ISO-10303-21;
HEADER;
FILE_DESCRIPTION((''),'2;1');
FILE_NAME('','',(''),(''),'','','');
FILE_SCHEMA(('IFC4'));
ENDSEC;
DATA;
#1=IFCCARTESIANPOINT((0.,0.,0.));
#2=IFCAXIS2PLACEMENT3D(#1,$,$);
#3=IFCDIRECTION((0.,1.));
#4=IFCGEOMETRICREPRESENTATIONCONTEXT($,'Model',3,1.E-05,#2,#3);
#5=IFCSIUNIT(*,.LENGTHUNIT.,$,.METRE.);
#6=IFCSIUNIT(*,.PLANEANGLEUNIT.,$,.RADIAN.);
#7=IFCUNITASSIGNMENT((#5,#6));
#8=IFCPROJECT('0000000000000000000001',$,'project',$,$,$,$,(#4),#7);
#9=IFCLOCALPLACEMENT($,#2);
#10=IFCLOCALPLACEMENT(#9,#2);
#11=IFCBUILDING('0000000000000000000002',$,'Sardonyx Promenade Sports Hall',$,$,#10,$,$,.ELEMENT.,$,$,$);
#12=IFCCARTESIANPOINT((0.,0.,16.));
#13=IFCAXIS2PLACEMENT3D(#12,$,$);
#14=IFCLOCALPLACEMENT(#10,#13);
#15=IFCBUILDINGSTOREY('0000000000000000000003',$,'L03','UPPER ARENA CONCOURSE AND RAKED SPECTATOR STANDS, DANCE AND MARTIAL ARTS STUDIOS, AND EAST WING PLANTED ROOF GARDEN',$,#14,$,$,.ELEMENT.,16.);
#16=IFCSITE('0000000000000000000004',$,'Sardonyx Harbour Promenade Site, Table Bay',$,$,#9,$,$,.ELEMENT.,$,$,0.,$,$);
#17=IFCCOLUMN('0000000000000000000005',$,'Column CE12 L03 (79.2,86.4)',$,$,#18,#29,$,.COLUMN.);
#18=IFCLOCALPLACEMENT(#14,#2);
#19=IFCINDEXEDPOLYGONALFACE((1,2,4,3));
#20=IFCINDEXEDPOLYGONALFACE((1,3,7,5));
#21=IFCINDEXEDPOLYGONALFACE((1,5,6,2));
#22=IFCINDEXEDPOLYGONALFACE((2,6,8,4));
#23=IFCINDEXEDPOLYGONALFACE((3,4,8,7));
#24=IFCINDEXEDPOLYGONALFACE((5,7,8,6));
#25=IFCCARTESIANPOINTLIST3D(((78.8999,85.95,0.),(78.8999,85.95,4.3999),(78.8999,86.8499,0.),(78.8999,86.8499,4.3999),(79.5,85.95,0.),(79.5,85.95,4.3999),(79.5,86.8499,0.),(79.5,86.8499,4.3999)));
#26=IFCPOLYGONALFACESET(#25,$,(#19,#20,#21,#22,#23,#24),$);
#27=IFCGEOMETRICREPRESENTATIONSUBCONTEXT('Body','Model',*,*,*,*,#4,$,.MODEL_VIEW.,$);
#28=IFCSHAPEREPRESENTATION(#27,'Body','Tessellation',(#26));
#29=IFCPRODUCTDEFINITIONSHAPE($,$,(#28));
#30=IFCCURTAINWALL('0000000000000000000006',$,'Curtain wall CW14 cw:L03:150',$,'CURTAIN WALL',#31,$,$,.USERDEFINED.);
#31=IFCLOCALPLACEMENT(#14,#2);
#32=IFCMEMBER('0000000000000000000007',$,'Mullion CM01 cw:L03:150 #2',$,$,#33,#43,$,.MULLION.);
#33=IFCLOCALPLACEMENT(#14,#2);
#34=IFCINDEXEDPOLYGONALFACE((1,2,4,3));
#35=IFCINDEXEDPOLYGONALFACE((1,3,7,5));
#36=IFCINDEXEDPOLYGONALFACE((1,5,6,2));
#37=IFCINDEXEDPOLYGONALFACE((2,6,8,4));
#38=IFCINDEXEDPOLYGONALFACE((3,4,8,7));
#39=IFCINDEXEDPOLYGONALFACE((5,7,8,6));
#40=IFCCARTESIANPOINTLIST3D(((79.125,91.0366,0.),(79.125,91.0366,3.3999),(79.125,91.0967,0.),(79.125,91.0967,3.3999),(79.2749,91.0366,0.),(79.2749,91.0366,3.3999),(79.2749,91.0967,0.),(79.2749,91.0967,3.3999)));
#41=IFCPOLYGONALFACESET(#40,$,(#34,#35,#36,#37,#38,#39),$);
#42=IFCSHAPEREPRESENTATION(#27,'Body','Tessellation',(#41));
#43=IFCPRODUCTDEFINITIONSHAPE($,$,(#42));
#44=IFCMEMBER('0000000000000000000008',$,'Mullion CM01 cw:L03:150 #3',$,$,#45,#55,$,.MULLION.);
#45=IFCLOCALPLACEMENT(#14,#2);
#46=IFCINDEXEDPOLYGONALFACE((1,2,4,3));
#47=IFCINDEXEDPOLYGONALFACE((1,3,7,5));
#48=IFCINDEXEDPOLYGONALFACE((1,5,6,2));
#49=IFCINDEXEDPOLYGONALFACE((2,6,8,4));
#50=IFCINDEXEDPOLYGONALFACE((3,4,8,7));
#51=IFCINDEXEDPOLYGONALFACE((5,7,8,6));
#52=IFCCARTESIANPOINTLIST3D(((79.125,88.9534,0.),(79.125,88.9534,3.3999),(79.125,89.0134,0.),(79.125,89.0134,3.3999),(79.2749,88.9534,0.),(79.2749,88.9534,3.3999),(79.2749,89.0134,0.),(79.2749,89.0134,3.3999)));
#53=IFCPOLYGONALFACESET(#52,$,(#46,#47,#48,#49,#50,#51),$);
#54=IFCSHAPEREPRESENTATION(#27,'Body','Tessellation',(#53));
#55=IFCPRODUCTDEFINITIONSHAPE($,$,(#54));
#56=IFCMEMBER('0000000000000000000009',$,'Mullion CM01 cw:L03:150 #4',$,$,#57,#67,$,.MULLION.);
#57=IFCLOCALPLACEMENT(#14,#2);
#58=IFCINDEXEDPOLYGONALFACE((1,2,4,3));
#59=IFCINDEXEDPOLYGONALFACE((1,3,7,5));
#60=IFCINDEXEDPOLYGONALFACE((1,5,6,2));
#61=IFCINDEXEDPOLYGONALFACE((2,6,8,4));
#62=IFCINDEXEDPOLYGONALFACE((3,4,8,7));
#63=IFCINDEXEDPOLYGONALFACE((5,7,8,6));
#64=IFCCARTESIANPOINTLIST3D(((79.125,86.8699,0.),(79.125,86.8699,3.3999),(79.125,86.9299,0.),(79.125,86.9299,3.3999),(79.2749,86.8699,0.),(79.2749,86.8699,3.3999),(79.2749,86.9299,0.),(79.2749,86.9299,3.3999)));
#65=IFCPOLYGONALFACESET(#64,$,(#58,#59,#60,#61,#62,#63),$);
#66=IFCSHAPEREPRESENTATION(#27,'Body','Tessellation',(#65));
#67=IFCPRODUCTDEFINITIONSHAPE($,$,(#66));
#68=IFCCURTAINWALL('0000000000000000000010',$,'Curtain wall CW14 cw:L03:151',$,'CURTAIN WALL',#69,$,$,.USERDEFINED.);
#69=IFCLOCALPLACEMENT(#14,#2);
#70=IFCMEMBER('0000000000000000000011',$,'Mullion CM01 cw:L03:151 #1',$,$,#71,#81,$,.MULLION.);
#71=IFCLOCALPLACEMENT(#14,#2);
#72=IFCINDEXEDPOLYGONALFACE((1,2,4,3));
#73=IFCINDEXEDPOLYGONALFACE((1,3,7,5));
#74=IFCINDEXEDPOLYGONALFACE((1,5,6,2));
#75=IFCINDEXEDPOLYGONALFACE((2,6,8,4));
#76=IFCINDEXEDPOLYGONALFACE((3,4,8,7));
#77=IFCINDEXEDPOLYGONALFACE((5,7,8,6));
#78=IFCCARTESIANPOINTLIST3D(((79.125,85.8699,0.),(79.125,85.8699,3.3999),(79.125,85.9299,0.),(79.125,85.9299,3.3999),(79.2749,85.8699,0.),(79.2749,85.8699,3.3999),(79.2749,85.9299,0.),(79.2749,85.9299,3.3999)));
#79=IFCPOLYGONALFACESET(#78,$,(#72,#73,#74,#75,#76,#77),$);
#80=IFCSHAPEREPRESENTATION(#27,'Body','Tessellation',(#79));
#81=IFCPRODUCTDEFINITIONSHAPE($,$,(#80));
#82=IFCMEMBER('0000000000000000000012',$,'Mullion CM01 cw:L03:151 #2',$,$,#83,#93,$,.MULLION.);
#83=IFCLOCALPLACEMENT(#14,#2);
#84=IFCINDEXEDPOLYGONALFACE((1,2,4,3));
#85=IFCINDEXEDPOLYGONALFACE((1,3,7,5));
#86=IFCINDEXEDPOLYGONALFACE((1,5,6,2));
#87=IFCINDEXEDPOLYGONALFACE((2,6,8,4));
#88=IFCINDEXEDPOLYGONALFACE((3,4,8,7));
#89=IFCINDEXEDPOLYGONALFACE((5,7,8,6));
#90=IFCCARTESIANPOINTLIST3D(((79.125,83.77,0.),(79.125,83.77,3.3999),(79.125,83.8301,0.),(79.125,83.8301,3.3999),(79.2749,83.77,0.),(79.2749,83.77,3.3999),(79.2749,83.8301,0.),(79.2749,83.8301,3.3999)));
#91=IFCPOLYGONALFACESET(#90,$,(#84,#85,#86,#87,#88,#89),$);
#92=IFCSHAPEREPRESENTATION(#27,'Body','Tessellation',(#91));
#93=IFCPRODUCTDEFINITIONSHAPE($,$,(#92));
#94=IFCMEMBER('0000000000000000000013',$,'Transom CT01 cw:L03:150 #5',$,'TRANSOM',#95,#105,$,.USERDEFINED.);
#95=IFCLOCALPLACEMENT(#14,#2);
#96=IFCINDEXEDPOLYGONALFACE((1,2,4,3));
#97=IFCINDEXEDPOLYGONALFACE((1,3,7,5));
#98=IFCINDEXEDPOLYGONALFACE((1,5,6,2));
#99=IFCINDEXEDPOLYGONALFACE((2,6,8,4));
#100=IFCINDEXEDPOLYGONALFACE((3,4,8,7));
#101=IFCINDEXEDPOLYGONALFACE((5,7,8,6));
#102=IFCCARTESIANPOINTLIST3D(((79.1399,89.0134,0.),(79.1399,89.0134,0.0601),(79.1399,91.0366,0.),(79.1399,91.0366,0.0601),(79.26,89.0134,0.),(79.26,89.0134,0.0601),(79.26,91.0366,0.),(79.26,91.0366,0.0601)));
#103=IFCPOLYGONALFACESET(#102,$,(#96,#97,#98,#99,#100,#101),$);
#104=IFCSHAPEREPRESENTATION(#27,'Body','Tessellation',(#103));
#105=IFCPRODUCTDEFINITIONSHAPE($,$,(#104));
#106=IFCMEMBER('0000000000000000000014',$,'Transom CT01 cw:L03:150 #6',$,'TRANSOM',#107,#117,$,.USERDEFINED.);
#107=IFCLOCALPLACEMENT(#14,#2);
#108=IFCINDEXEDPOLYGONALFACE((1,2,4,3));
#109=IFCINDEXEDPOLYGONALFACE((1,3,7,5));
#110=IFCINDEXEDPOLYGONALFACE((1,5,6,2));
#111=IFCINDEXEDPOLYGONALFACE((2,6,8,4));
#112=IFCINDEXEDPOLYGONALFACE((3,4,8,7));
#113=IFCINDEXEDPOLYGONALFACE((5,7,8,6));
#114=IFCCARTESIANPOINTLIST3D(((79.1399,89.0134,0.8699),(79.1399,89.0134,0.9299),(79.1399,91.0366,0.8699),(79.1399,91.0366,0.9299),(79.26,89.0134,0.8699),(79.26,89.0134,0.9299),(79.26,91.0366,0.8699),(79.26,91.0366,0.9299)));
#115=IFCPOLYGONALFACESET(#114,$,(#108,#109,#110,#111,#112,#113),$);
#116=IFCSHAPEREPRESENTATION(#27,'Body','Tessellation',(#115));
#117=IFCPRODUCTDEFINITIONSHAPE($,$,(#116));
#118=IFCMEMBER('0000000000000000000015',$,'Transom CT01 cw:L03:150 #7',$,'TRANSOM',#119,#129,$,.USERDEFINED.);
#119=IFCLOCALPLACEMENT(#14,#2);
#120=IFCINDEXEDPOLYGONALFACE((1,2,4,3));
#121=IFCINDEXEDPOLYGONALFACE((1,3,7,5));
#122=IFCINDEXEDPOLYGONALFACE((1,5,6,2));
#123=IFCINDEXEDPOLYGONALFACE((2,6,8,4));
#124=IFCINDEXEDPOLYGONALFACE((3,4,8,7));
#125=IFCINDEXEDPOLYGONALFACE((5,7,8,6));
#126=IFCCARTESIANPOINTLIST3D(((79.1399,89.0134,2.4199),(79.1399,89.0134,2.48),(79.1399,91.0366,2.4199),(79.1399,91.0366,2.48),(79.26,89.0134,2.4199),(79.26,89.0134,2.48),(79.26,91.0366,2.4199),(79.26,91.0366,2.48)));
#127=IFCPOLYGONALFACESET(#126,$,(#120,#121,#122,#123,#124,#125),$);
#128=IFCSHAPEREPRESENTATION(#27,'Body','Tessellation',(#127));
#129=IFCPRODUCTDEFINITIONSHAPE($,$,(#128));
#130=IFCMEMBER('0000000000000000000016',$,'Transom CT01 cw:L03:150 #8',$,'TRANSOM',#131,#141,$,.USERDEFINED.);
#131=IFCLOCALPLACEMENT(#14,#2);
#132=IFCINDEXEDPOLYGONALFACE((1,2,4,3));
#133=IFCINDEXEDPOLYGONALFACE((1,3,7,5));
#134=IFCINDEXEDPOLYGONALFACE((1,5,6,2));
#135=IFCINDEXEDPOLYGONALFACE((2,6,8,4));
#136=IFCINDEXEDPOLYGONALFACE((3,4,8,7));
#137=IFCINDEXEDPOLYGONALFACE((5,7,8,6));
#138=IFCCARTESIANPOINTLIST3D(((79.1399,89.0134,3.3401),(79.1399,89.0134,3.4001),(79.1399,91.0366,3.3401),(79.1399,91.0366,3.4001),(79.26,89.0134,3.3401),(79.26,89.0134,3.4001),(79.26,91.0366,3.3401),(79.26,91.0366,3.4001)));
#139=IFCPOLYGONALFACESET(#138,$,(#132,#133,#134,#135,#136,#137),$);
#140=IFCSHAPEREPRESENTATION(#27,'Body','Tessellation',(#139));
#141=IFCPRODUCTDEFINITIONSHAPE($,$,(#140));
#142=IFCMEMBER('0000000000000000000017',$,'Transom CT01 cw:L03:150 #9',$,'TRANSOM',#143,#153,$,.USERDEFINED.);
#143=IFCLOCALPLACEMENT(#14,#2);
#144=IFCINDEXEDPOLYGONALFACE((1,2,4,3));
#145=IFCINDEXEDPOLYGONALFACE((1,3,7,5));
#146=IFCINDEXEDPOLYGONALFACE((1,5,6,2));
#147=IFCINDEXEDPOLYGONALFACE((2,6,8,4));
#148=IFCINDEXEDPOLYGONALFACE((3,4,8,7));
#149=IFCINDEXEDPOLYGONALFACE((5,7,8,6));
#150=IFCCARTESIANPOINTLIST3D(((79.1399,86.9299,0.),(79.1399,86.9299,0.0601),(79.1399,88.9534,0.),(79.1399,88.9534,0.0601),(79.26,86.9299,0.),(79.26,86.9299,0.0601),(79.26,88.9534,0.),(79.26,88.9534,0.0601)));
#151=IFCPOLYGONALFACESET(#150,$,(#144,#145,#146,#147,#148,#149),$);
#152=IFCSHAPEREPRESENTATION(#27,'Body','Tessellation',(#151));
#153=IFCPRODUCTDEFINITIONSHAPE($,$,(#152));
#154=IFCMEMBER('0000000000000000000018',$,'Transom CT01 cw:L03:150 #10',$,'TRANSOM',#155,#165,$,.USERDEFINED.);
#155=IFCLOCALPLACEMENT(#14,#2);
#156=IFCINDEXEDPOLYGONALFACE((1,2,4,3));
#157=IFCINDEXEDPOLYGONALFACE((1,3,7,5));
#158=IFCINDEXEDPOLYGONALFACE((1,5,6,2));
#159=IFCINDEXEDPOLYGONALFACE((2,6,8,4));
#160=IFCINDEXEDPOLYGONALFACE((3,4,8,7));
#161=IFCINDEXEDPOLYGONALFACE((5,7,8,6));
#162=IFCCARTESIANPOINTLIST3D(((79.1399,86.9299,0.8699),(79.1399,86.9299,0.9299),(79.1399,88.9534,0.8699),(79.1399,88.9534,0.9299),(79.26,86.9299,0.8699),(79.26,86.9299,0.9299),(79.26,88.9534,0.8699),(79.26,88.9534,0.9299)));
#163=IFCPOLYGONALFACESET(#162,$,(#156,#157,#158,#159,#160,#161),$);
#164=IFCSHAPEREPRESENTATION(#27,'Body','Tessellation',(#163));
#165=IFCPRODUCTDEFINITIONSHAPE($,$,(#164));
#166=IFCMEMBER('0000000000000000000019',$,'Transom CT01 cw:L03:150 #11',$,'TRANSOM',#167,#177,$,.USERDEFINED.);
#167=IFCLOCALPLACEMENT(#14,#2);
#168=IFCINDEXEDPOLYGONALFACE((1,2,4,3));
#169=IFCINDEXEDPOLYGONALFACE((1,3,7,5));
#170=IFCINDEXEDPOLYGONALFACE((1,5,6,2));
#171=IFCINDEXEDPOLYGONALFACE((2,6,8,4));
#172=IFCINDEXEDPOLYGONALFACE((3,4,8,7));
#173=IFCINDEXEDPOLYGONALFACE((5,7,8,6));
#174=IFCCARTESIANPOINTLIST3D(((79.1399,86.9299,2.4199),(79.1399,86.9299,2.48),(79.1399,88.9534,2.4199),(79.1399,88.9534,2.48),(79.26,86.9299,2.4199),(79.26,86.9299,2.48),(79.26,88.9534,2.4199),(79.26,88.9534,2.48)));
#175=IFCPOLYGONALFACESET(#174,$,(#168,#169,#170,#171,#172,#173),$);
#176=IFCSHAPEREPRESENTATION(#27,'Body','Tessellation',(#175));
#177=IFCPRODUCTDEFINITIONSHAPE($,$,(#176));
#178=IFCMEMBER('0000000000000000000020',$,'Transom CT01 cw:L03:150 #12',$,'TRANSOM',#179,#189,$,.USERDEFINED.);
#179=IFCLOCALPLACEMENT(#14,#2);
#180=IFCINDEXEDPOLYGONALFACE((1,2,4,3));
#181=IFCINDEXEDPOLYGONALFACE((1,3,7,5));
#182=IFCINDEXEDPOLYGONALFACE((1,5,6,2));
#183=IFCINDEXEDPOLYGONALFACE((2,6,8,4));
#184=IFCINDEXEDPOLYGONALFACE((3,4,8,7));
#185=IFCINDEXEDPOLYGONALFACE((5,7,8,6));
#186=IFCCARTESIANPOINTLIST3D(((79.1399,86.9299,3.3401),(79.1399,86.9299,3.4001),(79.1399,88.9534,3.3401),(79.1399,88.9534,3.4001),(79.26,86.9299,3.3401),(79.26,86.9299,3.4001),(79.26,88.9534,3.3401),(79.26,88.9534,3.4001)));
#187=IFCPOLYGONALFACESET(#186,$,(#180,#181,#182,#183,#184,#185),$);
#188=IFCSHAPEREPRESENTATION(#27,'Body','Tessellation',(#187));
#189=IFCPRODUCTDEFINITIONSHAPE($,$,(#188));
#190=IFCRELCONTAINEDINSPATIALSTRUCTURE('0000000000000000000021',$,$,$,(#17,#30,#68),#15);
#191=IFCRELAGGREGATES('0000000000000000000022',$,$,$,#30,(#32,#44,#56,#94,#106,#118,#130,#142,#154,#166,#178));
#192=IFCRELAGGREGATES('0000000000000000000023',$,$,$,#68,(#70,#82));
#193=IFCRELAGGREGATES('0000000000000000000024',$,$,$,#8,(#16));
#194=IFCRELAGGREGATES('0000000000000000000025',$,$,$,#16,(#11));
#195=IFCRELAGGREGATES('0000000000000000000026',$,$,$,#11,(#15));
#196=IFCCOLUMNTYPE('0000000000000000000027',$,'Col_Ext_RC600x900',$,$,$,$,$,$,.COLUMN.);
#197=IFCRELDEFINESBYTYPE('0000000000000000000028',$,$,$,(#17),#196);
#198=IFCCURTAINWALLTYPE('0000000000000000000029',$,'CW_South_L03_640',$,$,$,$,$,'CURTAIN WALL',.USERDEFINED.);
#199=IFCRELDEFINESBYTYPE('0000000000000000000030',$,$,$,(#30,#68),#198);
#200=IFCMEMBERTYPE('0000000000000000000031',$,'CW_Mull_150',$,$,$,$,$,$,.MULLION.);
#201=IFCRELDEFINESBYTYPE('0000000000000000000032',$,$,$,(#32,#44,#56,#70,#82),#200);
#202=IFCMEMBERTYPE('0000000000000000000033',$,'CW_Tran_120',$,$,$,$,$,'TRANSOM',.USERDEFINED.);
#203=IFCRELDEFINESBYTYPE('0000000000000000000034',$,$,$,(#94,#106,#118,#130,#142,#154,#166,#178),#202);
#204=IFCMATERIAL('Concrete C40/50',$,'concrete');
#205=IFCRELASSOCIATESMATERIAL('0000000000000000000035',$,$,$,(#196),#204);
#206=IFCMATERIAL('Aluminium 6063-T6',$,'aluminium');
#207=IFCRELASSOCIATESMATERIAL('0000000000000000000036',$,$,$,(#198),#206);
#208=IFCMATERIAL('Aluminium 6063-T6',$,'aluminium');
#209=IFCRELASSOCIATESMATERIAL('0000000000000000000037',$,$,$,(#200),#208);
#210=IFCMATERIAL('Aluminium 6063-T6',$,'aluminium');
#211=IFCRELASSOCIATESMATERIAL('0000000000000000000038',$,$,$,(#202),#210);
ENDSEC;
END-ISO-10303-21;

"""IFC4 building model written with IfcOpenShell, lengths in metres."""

from ifc_helpers import new_model, si_unit, direction, frame, origin, origin_2d, place, context, subcontext, project, spatial, rectangle, extrude, material, material_profile, profile_set, type_object, element, aggregate, save


model = new_model("IFC4")

# Units and contexts
model_context = context("Model", 3, precision=1e-05, world=origin(), true_north=direction((0.0, 1.0)))
body_context = subcontext(model_context, "Body", "Model", "MODEL_VIEW")
ifc_project = project(units=[si_unit("LENGTHUNIT", "METRE"), si_unit("PLANEANGLEUNIT", "RADIAN")], contexts=[model_context])

# Site, building, storey
site_placement = place(None, origin())
site = spatial("IfcSite", under=ifc_project, at=site_placement, Name="Sardonyx Harbour Promenade Site, Table Bay", CompositionType="ELEMENT", RefElevation=0.0)
building_placement = place(site_placement, origin())
building = spatial("IfcBuilding", under=site, at=building_placement, Name="Sardonyx Promenade Sports Hall", CompositionType="ELEMENT")
storey_placement = place(building_placement, frame((0.0, 0.0, 16.0)))
storey = spatial("IfcBuildingStorey", under=building, at=storey_placement, Name="L03", Description="UPPER ARENA CONCOURSE AND RAKED SPECTATOR STANDS, DANCE AND MARTIAL ARTS STUDIOS, AND EAST WING PLANTED ROOF GARDEN", CompositionType="ELEMENT", Elevation=16.0)

# Column
ifc_material_1 = material(Name="Concrete C40/50", Category="concrete")
ifc_material_profile_1 = material_profile(ifc_material_1, rectangle(XDim=0.6001, YDim=0.8999, at=origin_2d()))
ifc_profile_set_1 = profile_set([ifc_material_profile_1], Name="Concrete C40/50")
column_type = type_object("IfcColumnType", Name="Col_Ext_RC600x900", PredefinedType="COLUMN", material=ifc_profile_set_1)
column_placement = place(storey_placement, frame((79.2, 86.3999, 0.0), z_axis=(0.0, 0.0, 1.0), x_axis=(1.0, 0.0, 0.0)))
element("IfcColumn", 1, at=column_placement, inside=storey, type_object=column_type, Name="Column CE12 L03 (79.2,86.4)", PredefinedType="COLUMN", context=body_context, shape_type="SweptSolid", body=[
    extrude(rectangle(XDim=0.6001, YDim=0.8999, at=origin_2d()), origin(), (0.0, 0.0, 1.0), 4.3999),
])

# Curtain walls, members
ifc_material_2 = material(Name="Aluminium 6063-T6", Category="aluminium")
curtain_wall_type = type_object("IfcCurtainWallType", Name="CW_South_L03_640", ElementType="CURTAIN WALL", PredefinedType="USERDEFINED", material=ifc_material_2)
curtain_wall_1_placement = place(storey_placement, origin())
curtain_wall_1 = element("IfcCurtainWall", 2, at=curtain_wall_1_placement, inside=storey, type_object=curtain_wall_type, Name="Curtain wall CW14 cw:L03:150", ObjectType="CURTAIN WALL", PredefinedType="USERDEFINED")
ifc_material_3 = material(Name="Aluminium 6063-T6", Category="aluminium")
ifc_material_profile_2 = material_profile(ifc_material_3, rectangle(XDim=0.0601, YDim=0.1499, at=origin_2d()))
ifc_profile_set_2 = profile_set([ifc_material_profile_2], Name="Aluminium 6063-T6")
member_type_1 = type_object("IfcMemberType", Name="CW_Mull_150", PredefinedType="MULLION", material=ifc_profile_set_2)
member_1_placement = place(storey_placement, frame((79.2, 91.0667, 0.0), z_axis=(0.0, 0.0, 1.0), x_axis=(0.0, -1.0, 0.0)))
member_1 = element("IfcMember", 3, at=member_1_placement, type_object=member_type_1, Name="Mullion CM01 cw:L03:150 #2", PredefinedType="MULLION", context=body_context, shape_type="SweptSolid", body=[
    extrude(rectangle(XDim=0.0601, YDim=0.1499, at=origin_2d()), origin(), (0.0, 0.0, 1.0), 3.3999),
])
member_2_placement = place(storey_placement, frame((79.2, 88.9834, 0.0), z_axis=(0.0, 0.0, 1.0), x_axis=(0.0, -1.0, 0.0)))
member_2 = element("IfcMember", 4, at=member_2_placement, type_object=member_type_1, Name="Mullion CM01 cw:L03:150 #3", PredefinedType="MULLION", context=body_context, shape_type="SweptSolid", body=[
    extrude(rectangle(XDim=0.0601, YDim=0.1499, at=origin_2d()), origin(), (0.0, 0.0, 1.0), 3.3999),
])
member_3_placement = place(storey_placement, frame((79.2, 86.8999, 0.0), z_axis=(0.0, 0.0, 1.0), x_axis=(0.0, -1.0, 0.0)))
member_3 = element("IfcMember", 5, at=member_3_placement, type_object=member_type_1, Name="Mullion CM01 cw:L03:150 #4", PredefinedType="MULLION", context=body_context, shape_type="SweptSolid", body=[
    extrude(rectangle(XDim=0.0601, YDim=0.1499, at=origin_2d()), origin(), (0.0, 0.0, 1.0), 3.3999),
])
curtain_wall_2_placement = place(storey_placement, origin())
curtain_wall_2 = element("IfcCurtainWall", 6, at=curtain_wall_2_placement, inside=storey, type_object=curtain_wall_type, Name="Curtain wall CW14 cw:L03:151", ObjectType="CURTAIN WALL", PredefinedType="USERDEFINED")
member_4_placement = place(storey_placement, frame((79.2, 85.8999, 0.0), z_axis=(0.0, 0.0, 1.0), x_axis=(0.0, -1.0, 0.0)))
member_4 = element("IfcMember", 7, at=member_4_placement, type_object=member_type_1, Name="Mullion CM01 cw:L03:151 #1", PredefinedType="MULLION", context=body_context, shape_type="SweptSolid", body=[
    extrude(rectangle(XDim=0.0601, YDim=0.1499, at=origin_2d()), origin(), (0.0, 0.0, 1.0), 3.3999),
])
member_5_placement = place(storey_placement, frame((79.2, 83.8, 0.0), z_axis=(0.0, 0.0, 1.0), x_axis=(0.0, -1.0, 0.0)))
member_5 = element("IfcMember", 8, at=member_5_placement, type_object=member_type_1, Name="Mullion CM01 cw:L03:151 #2", PredefinedType="MULLION", context=body_context, shape_type="SweptSolid", body=[
    extrude(rectangle(XDim=0.0601, YDim=0.1499, at=origin_2d()), origin(), (0.0, 0.0, 1.0), 3.3999),
])

# Members
ifc_material_4 = material(Name="Aluminium 6063-T6", Category="aluminium")
ifc_material_profile_3 = material_profile(ifc_material_4, rectangle(XDim=0.0601, YDim=0.1201, at=origin_2d()))
ifc_profile_set_3 = profile_set([ifc_material_profile_3], Name="Aluminium 6063-T6")
member_type_2 = type_object("IfcMemberType", Name="CW_Tran_120", ElementType="TRANSOM", PredefinedType="USERDEFINED", material=ifc_profile_set_3)
member_6_placement = place(storey_placement, frame((79.2, 91.0366, 0.03), z_axis=(0.0, -1.0, 0.0), x_axis=(0.0, 0.0, 1.0)))
member_6 = element("IfcMember", 9, at=member_6_placement, type_object=member_type_2, Name="Transom CT01 cw:L03:150 #5", ObjectType="TRANSOM", PredefinedType="USERDEFINED", context=body_context, shape_type="SweptSolid", body=[
    extrude(rectangle(XDim=0.0601, YDim=0.1201, at=origin_2d()), origin(), (0.0, 0.0, 1.0), 2.0232),
])
member_7_placement = place(storey_placement, frame((79.2, 91.0366, 0.8999), z_axis=(0.0, -1.0, 0.0), x_axis=(0.0, 0.0, 1.0)))
member_7 = element("IfcMember", 10, at=member_7_placement, type_object=member_type_2, Name="Transom CT01 cw:L03:150 #6", ObjectType="TRANSOM", PredefinedType="USERDEFINED", context=body_context, shape_type="SweptSolid", body=[
    extrude(rectangle(XDim=0.0601, YDim=0.1201, at=origin_2d()), origin(), (0.0, 0.0, 1.0), 2.0232),
])
member_8_placement = place(storey_placement, frame((79.2, 91.0366, 2.45), z_axis=(0.0, -1.0, 0.0), x_axis=(0.0, 0.0, 1.0)))
member_8 = element("IfcMember", 11, at=member_8_placement, type_object=member_type_2, Name="Transom CT01 cw:L03:150 #7", ObjectType="TRANSOM", PredefinedType="USERDEFINED", context=body_context, shape_type="SweptSolid", body=[
    extrude(rectangle(XDim=0.0601, YDim=0.1201, at=origin_2d()), origin(), (0.0, 0.0, 1.0), 2.0232),
])
member_9_placement = place(storey_placement, frame((79.2, 91.0366, 3.3701), z_axis=(0.0, -1.0, 0.0), x_axis=(0.0, 0.0, 1.0)))
member_9 = element("IfcMember", 12, at=member_9_placement, type_object=member_type_2, Name="Transom CT01 cw:L03:150 #8", ObjectType="TRANSOM", PredefinedType="USERDEFINED", context=body_context, shape_type="SweptSolid", body=[
    extrude(rectangle(XDim=0.0601, YDim=0.1201, at=origin_2d()), origin(), (0.0, 0.0, 1.0), 2.0232),
])
member_10_placement = place(storey_placement, frame((79.2, 88.9534, 0.03), z_axis=(0.0, -1.0, 0.0), x_axis=(0.0, 0.0, 1.0)))
member_10 = element("IfcMember", 13, at=member_10_placement, type_object=member_type_2, Name="Transom CT01 cw:L03:150 #9", ObjectType="TRANSOM", PredefinedType="USERDEFINED", context=body_context, shape_type="SweptSolid", body=[
    extrude(rectangle(XDim=0.0601, YDim=0.1201, at=origin_2d()), origin(), (0.0, 0.0, 1.0), 2.0234),
])
member_11_placement = place(storey_placement, frame((79.2, 88.9534, 0.8999), z_axis=(0.0, -1.0, 0.0), x_axis=(0.0, 0.0, 1.0)))
member_11 = element("IfcMember", 14, at=member_11_placement, type_object=member_type_2, Name="Transom CT01 cw:L03:150 #10", ObjectType="TRANSOM", PredefinedType="USERDEFINED", context=body_context, shape_type="SweptSolid", body=[
    extrude(rectangle(XDim=0.0601, YDim=0.1201, at=origin_2d()), origin(), (0.0, 0.0, 1.0), 2.0234),
])
member_12_placement = place(storey_placement, frame((79.2, 88.9534, 2.45), z_axis=(0.0, -1.0, 0.0), x_axis=(0.0, 0.0, 1.0)))
member_12 = element("IfcMember", 15, at=member_12_placement, type_object=member_type_2, Name="Transom CT01 cw:L03:150 #11", ObjectType="TRANSOM", PredefinedType="USERDEFINED", context=body_context, shape_type="SweptSolid", body=[
    extrude(rectangle(XDim=0.0601, YDim=0.1201, at=origin_2d()), origin(), (0.0, 0.0, 1.0), 2.0234),
])
member_13_placement = place(storey_placement, frame((79.2, 88.9534, 3.3701), z_axis=(0.0, -1.0, 0.0), x_axis=(0.0, 0.0, 1.0)))
member_13 = element("IfcMember", 16, at=member_13_placement, type_object=member_type_2, Name="Transom CT01 cw:L03:150 #12", ObjectType="TRANSOM", PredefinedType="USERDEFINED", context=body_context, shape_type="SweptSolid", body=[
    extrude(rectangle(XDim=0.0601, YDim=0.1201, at=origin_2d()), origin(), (0.0, 0.0, 1.0), 2.0234),
])

aggregate(curtain_wall_1, [member_1, member_2, member_3, member_6, member_7, member_8, member_9, member_10, member_11, member_12, member_13])
aggregate(curtain_wall_2, [member_4, member_5])

save(model, "model.ifc")
